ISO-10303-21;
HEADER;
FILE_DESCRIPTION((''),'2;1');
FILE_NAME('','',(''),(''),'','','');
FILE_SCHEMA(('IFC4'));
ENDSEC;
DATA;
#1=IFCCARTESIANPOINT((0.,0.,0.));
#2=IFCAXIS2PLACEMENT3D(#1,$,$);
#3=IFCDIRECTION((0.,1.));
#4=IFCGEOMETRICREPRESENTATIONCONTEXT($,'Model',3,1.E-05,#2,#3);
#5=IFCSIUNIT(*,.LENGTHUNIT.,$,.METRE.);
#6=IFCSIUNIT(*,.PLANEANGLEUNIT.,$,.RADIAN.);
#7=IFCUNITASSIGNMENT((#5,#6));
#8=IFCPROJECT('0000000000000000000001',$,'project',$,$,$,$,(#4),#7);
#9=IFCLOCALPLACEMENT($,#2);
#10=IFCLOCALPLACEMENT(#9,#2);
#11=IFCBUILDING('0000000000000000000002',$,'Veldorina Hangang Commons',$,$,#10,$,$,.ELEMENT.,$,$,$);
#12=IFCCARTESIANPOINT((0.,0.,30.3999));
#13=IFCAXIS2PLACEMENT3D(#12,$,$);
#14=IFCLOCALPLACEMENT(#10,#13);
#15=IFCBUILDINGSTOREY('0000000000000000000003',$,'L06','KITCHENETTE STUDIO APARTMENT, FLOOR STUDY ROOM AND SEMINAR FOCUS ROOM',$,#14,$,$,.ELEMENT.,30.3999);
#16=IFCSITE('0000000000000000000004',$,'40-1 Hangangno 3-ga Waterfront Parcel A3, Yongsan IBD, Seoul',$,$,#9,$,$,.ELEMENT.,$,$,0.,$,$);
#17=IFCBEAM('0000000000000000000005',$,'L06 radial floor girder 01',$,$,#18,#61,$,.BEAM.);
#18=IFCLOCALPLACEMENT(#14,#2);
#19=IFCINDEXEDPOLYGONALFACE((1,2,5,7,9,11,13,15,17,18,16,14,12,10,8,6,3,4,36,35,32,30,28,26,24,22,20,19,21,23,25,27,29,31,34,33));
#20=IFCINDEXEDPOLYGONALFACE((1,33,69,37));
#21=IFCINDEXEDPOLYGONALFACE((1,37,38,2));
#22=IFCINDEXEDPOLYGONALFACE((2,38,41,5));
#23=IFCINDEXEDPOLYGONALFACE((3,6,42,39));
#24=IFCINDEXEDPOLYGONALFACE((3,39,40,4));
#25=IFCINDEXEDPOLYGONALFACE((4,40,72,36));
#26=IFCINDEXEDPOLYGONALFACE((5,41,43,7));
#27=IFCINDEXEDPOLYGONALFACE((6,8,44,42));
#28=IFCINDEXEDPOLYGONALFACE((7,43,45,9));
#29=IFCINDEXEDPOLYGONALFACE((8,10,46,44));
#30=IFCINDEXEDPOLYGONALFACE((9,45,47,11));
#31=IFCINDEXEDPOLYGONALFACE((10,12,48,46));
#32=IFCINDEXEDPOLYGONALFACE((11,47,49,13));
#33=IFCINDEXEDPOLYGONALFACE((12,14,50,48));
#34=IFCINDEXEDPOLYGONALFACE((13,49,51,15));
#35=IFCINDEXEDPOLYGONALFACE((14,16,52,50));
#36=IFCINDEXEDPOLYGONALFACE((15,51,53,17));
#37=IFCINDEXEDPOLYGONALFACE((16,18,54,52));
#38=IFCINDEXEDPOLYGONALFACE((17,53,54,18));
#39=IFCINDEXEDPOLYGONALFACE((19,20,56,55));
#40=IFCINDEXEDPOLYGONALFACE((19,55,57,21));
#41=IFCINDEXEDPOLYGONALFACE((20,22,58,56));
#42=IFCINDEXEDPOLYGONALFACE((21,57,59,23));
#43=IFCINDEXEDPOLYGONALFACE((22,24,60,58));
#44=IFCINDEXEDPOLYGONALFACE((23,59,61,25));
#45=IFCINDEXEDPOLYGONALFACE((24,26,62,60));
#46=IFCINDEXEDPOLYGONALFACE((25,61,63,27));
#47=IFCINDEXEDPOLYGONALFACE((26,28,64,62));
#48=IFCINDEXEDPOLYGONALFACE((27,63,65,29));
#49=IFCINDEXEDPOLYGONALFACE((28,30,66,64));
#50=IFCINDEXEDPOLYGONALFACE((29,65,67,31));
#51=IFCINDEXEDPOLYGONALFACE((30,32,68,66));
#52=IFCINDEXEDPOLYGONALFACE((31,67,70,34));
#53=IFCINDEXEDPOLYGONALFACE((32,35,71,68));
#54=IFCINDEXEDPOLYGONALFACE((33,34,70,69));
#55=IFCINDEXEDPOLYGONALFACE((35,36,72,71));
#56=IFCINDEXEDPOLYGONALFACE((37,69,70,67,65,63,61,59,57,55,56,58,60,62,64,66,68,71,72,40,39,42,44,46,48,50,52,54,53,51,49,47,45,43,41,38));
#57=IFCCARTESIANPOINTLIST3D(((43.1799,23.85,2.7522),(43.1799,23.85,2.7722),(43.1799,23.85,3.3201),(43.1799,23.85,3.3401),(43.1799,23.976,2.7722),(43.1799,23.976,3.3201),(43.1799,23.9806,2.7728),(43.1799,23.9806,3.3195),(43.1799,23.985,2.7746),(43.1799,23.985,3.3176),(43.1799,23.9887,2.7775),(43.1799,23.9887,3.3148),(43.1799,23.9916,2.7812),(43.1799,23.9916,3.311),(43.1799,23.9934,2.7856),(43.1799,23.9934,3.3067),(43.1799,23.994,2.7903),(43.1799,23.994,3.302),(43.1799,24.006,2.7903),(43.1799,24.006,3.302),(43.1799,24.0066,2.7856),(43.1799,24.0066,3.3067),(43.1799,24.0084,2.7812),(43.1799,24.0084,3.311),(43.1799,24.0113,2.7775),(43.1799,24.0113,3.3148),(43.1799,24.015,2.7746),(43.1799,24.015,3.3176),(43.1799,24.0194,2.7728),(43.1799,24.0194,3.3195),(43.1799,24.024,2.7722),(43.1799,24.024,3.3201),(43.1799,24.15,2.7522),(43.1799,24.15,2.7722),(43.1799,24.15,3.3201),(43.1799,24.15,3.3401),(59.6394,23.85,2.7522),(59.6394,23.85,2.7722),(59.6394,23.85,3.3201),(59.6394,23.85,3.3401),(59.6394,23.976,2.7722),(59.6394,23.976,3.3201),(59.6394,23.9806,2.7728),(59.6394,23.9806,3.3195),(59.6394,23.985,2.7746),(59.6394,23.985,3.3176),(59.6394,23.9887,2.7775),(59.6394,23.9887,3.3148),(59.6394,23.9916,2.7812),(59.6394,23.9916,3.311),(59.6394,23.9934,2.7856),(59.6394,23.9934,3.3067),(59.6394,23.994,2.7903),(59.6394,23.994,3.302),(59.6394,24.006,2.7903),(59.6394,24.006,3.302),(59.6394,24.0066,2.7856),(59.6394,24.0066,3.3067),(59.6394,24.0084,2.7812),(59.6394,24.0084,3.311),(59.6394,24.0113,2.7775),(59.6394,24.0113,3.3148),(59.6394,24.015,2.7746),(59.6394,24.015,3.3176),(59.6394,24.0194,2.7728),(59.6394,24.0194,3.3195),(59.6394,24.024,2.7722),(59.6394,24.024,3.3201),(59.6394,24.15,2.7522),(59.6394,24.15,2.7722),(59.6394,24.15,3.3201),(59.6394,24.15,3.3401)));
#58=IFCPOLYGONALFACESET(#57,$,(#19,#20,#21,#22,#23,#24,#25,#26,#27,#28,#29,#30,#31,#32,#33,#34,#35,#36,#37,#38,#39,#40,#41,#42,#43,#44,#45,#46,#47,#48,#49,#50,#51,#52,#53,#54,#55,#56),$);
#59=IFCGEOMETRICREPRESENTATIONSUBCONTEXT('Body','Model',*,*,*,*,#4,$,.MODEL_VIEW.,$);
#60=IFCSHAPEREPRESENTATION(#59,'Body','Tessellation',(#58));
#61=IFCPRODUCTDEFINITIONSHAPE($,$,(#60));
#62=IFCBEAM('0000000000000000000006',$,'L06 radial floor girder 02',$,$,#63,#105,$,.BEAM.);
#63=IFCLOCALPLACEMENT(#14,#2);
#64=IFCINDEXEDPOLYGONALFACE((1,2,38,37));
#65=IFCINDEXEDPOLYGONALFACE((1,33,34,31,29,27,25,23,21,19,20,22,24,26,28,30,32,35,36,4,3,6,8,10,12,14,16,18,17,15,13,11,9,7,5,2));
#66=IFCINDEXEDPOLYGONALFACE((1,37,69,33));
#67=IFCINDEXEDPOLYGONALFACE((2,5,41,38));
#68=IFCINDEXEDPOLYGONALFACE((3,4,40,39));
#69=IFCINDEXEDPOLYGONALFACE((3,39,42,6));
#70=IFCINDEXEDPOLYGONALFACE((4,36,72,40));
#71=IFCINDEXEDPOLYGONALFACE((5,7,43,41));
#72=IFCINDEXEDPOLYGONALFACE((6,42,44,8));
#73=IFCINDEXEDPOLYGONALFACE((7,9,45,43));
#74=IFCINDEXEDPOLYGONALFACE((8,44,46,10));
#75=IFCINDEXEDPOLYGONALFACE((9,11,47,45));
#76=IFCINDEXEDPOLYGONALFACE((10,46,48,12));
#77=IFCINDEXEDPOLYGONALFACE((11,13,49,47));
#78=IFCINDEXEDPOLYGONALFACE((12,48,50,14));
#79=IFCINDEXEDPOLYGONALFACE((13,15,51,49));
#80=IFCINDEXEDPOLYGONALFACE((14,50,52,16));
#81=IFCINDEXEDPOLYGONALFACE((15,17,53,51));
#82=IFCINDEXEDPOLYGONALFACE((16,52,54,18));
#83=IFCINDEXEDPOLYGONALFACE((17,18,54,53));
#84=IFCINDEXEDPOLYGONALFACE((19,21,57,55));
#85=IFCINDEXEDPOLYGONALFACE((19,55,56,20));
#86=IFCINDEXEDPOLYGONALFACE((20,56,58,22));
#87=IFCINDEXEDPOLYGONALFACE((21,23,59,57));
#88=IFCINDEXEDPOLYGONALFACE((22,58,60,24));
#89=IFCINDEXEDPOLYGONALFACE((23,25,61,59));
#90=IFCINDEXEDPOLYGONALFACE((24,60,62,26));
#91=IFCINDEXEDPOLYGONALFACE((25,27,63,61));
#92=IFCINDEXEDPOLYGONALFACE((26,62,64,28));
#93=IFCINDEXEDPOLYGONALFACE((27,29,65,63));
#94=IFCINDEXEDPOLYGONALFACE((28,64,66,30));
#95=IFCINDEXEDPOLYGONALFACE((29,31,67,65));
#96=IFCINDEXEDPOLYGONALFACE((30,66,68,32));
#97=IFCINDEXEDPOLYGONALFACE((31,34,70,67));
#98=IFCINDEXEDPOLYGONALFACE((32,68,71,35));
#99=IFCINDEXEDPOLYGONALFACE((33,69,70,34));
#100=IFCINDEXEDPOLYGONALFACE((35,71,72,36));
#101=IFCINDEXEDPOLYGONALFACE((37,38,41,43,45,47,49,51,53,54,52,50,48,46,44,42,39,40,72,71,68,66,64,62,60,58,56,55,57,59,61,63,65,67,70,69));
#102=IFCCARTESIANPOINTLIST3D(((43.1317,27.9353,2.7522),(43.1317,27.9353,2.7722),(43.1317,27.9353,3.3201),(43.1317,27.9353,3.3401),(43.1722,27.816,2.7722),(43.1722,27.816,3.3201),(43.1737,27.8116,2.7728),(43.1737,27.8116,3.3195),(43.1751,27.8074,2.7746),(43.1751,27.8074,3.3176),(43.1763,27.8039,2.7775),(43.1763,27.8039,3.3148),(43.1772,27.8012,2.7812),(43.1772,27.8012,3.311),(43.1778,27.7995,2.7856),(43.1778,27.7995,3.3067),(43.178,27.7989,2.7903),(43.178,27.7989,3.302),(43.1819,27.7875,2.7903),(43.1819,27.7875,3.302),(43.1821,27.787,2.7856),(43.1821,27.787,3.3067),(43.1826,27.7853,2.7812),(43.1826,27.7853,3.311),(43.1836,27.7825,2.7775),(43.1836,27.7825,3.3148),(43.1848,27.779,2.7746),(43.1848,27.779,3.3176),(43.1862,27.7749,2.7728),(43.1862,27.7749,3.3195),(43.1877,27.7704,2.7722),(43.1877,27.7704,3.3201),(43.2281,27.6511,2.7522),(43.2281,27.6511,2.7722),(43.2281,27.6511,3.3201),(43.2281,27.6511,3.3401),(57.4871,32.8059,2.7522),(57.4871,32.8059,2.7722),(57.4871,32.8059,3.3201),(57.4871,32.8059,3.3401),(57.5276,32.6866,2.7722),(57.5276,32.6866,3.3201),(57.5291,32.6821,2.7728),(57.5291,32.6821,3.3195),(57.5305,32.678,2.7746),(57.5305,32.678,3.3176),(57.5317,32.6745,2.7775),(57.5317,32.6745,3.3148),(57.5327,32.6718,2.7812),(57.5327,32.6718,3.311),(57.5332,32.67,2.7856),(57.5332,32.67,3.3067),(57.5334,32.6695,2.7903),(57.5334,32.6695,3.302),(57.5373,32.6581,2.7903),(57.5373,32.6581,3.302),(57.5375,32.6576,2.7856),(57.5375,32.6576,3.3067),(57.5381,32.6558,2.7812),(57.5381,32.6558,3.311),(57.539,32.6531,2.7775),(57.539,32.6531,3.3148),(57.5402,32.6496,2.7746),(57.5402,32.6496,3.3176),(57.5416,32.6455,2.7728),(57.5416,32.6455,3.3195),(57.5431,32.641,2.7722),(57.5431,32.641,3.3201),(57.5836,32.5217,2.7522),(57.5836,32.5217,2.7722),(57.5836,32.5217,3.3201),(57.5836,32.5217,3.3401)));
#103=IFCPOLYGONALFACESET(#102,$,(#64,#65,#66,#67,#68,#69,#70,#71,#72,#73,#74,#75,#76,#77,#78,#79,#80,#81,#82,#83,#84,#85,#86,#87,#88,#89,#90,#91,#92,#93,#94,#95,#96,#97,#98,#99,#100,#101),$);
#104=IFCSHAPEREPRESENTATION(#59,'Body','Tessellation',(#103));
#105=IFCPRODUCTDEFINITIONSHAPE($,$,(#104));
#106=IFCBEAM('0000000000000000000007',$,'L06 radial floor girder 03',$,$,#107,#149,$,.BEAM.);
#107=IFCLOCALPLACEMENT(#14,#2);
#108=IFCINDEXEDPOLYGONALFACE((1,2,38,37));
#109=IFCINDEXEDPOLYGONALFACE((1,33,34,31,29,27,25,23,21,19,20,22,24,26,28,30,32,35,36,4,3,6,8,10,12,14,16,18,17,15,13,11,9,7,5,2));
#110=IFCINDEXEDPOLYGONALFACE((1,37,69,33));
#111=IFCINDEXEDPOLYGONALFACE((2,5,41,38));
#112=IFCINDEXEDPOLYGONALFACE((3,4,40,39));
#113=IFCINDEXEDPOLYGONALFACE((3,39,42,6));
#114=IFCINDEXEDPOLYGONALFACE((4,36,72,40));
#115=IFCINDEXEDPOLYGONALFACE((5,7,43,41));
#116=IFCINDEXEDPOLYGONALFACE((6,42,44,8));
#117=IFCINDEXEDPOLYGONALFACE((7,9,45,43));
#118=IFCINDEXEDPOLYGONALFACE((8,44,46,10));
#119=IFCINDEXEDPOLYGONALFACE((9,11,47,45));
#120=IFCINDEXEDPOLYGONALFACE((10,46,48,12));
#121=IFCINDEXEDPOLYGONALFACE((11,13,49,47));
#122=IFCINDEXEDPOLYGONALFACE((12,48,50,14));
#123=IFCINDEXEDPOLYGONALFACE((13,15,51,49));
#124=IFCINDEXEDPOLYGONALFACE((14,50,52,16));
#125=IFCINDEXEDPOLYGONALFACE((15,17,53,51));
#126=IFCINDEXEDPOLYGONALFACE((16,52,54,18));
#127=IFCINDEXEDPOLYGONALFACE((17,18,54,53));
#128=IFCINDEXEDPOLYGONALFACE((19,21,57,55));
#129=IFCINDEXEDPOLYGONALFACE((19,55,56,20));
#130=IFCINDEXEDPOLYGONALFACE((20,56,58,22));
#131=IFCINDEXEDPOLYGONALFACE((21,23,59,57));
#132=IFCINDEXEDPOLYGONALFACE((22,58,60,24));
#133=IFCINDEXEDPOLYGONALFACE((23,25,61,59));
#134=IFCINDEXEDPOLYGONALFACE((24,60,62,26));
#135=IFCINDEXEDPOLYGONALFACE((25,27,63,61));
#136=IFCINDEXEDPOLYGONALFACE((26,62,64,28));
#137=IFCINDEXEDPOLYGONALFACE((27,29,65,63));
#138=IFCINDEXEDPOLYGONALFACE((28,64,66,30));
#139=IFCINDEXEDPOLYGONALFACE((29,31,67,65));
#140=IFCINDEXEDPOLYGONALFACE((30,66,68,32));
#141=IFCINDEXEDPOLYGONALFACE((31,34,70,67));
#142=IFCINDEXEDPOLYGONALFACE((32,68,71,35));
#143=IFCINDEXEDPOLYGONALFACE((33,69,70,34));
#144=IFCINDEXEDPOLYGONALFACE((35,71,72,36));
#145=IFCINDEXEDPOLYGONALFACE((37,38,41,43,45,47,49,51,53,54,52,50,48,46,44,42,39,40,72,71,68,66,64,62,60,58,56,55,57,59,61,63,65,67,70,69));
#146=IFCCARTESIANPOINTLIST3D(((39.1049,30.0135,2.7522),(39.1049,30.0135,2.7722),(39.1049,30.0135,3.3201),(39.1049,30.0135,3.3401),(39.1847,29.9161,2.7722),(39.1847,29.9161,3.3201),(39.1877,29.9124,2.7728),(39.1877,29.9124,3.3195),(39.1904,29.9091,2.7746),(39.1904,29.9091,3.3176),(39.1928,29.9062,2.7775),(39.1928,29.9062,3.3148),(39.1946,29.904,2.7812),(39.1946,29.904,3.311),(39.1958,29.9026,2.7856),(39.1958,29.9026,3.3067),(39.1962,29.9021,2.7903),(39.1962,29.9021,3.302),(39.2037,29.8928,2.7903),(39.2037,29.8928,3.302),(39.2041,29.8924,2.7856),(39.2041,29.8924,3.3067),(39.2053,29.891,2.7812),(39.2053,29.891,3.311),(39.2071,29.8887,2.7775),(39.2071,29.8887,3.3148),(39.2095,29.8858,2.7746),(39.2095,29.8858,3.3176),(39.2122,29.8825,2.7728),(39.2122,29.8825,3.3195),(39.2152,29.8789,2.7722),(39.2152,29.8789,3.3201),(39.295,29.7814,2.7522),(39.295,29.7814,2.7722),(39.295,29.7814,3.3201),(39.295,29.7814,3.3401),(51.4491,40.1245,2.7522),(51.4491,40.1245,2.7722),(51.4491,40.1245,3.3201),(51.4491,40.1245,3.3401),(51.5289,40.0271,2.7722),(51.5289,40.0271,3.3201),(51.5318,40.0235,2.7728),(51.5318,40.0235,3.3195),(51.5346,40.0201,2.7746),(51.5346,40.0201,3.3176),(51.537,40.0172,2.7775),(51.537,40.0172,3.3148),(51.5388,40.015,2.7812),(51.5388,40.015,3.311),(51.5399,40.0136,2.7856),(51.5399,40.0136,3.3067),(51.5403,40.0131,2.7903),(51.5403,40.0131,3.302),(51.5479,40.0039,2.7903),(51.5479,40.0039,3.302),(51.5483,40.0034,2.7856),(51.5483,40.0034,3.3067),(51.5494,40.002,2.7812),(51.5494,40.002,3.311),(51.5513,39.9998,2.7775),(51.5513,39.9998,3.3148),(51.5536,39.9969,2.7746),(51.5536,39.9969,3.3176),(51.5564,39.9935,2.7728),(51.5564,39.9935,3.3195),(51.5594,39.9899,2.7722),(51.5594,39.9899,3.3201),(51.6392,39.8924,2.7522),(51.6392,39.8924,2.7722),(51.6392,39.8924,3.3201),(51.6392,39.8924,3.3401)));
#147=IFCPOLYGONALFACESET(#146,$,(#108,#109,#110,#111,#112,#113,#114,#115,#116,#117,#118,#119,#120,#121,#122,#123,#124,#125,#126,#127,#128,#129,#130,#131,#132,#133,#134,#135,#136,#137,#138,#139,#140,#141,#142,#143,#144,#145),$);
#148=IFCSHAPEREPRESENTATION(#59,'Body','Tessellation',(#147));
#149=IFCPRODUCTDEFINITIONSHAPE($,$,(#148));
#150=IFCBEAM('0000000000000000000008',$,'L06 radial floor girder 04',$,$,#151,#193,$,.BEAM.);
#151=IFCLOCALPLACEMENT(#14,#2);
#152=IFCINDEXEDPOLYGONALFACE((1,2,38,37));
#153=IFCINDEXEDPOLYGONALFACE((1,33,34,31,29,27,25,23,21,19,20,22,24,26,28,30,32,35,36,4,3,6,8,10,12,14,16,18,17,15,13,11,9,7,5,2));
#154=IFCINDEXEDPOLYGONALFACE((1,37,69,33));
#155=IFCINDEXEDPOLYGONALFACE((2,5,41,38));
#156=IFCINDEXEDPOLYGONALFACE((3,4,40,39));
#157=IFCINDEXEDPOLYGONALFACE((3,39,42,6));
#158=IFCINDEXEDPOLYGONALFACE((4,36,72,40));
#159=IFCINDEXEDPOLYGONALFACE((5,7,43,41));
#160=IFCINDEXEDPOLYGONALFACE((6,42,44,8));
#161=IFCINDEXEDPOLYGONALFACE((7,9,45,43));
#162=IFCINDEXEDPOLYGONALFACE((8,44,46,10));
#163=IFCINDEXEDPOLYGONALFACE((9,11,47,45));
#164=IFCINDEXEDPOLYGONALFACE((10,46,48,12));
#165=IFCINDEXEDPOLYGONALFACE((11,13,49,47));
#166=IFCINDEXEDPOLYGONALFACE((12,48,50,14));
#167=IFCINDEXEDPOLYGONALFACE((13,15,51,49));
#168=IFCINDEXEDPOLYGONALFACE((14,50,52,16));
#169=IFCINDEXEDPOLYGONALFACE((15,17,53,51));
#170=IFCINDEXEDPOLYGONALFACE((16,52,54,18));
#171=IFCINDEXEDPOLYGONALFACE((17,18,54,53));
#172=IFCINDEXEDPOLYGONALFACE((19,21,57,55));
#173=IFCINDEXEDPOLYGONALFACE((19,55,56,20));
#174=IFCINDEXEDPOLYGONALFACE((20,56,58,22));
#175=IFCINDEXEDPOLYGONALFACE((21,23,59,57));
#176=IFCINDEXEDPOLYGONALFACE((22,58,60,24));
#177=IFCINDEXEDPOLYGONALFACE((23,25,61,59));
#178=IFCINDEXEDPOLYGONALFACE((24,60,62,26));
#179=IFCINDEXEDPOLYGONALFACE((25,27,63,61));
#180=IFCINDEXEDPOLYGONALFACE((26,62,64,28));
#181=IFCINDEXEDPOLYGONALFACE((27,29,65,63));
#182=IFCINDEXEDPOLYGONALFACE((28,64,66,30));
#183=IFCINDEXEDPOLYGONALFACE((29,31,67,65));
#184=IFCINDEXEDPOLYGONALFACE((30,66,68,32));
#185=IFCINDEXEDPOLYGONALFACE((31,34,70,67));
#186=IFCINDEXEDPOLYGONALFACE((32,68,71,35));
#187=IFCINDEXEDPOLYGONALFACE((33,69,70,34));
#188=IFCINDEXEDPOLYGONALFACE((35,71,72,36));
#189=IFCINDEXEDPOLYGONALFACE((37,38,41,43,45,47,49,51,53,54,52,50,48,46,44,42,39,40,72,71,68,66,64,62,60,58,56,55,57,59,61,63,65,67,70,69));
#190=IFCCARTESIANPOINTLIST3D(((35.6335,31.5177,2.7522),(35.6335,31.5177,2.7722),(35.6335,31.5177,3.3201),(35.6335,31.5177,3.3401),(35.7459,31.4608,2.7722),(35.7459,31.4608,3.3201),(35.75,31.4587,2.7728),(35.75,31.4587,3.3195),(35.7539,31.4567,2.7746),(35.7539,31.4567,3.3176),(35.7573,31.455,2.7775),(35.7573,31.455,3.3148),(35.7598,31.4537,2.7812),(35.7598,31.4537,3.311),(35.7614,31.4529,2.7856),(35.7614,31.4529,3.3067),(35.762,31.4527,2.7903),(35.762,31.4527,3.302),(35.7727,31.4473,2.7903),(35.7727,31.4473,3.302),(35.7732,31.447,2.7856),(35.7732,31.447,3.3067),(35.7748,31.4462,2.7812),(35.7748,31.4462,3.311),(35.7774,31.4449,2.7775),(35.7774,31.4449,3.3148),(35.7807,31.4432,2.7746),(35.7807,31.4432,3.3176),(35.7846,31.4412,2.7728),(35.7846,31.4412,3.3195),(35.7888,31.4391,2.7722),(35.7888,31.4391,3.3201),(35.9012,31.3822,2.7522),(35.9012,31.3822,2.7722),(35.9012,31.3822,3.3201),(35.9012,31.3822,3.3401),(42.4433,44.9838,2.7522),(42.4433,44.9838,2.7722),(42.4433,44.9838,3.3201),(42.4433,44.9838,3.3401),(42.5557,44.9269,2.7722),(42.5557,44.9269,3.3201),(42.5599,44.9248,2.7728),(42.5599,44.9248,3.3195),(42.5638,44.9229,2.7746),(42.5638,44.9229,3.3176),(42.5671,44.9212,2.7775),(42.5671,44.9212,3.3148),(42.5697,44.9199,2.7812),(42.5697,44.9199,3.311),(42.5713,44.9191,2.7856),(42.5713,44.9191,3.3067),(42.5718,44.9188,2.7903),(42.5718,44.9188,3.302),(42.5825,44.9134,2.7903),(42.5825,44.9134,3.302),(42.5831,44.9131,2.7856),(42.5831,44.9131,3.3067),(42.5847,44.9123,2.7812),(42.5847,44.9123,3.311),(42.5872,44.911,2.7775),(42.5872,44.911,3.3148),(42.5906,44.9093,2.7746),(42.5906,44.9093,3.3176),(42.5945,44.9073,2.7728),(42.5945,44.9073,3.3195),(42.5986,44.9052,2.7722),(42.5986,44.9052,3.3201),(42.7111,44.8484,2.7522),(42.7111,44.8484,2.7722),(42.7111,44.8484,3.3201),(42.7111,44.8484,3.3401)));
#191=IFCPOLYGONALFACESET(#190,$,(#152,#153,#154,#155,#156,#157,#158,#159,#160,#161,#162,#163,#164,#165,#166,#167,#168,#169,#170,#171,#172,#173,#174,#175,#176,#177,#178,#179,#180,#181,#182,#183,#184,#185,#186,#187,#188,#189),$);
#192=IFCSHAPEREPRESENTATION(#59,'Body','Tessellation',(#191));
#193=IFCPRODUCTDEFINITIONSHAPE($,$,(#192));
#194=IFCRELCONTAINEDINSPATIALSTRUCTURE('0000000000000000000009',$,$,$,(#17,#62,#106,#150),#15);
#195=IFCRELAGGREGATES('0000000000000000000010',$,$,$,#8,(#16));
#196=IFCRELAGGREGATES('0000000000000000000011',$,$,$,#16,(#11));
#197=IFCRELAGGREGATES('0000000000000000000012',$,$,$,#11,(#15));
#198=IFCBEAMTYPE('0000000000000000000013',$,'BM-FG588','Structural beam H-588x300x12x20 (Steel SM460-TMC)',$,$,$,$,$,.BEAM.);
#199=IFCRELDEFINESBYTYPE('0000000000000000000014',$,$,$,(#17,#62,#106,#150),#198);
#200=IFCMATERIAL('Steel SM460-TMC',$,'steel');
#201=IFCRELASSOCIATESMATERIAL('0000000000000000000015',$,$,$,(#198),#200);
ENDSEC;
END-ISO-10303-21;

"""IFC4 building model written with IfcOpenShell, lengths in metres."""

from ifc_helpers import new_model, si_unit, direction, frame, origin, origin_2d, place, context, subcontext, project, spatial, i_section, extrude, material, material_profile, profile_set, type_object, element, save


model = new_model("IFC4")

# Units and contexts
model_context = context("Model", 3, precision=1e-05, world=origin(), true_north=direction((0.0, 1.0)))
body_context = subcontext(model_context, "Body", "Model", "MODEL_VIEW")
ifc_project = project(units=[si_unit("LENGTHUNIT", "METRE"), si_unit("PLANEANGLEUNIT", "RADIAN")], contexts=[model_context])

# Site, building, storey
site_placement = place(None, origin())
site = spatial("IfcSite", under=ifc_project, at=site_placement, Name="40-1 Hangangno 3-ga Waterfront Parcel A3, Yongsan IBD, Seoul", CompositionType="ELEMENT", RefElevation=0.0)
building_placement = place(site_placement, origin())
building = spatial("IfcBuilding", under=site, at=building_placement, Name="Veldorina Hangang Commons", CompositionType="ELEMENT")
storey_placement = place(building_placement, frame((0.0, 0.0, 30.3999)))
storey = spatial("IfcBuildingStorey", under=building, at=storey_placement, Name="L06", Description="KITCHENETTE STUDIO APARTMENT, FLOOR STUDY ROOM AND SEMINAR FOCUS ROOM", CompositionType="ELEMENT", Elevation=30.3999)

# Beams
ifc_material_1 = material(Name="Steel SM460-TMC", Category="steel")
ifc_material_profile = material_profile(ifc_material_1, i_section(OverallWidth=0.3, OverallDepth=0.5879, WebThickness=0.012, FlangeThickness=0.02, FilletRadius=0.0181, at=origin_2d()), Name="H-588x300x12x20")
ifc_profile_set = profile_set([ifc_material_profile], Name="Steel SM460-TMC")
beam_type = type_object("IfcBeamType", Name="BM-FG588", Description="Structural beam H-588x300x12x20 (Steel SM460-TMC)", PredefinedType="BEAM", material=ifc_profile_set)
beam_1_placement = place(storey_placement, frame((43.1799, 24.0, 3.0461), z_axis=(1.0, 0.0, 0.0), x_axis=(0.0, 1.0, 0.0)))
element("IfcBeam", 1, at=beam_1_placement, inside=storey, type_object=beam_type, Name="L06 radial floor girder 01", PredefinedType="BEAM", context=body_context, shape_type="SweptSolid", body=[
    extrude(i_section(OverallWidth=0.3, OverallDepth=0.5879, WebThickness=0.012, FlangeThickness=0.02, FilletRadius=0.0181, at=origin_2d()), origin(), (0.0, 0.0, 1.0), 16.4595),
])
beam_2_placement = place(storey_placement, frame((43.1799, 27.7932, 3.0461), z_axis=(0.946979, 0.321296, 0.0), x_axis=(-0.321296, 0.946979, 0.0)))
element("IfcBeam", 2, at=beam_2_placement, inside=storey, type_object=beam_type, Name="L06 radial floor girder 02", PredefinedType="BEAM", context=body_context, shape_type="SweptSolid", body=[
    extrude(i_section(OverallWidth=0.3, OverallDepth=0.5879, WebThickness=0.012, FlangeThickness=0.02, FilletRadius=0.0181, at=origin_2d()), origin(), (0.0, 0.0, 1.0), 15.1592),
])
beam_3_placement = place(storey_placement, frame((39.2, 29.8975, 3.0461), z_axis=(0.773612, 0.63366, 0.0), x_axis=(-0.63366, 0.773612, 0.0)))
element("IfcBeam", 3, at=beam_3_placement, inside=storey, type_object=beam_type, Name="L06 radial floor girder 03", PredefinedType="BEAM", context=body_context, shape_type="SweptSolid", body=[
    extrude(i_section(OverallWidth=0.3, OverallDepth=0.5879, WebThickness=0.012, FlangeThickness=0.02, FilletRadius=0.0181, at=origin_2d()), origin(), (0.0, 0.0, 1.0), 15.9565),
])
beam_4_placement = place(storey_placement, frame((35.7673, 31.45, 3.0461), z_axis=(0.45128, 0.892383, 0.0), x_axis=(-0.892383, 0.45128, 0.0)))
element("IfcBeam", 4, at=beam_4_placement, inside=storey, type_object=beam_type, Name="L06 radial floor girder 04", PredefinedType="BEAM", context=body_context, shape_type="SweptSolid", body=[
    extrude(i_section(OverallWidth=0.3, OverallDepth=0.5879, WebThickness=0.012, FlangeThickness=0.02, FilletRadius=0.0181, at=origin_2d()), origin(), (0.0, 0.0, 1.0), 15.0901),
])

save(model, "model.ifc")
